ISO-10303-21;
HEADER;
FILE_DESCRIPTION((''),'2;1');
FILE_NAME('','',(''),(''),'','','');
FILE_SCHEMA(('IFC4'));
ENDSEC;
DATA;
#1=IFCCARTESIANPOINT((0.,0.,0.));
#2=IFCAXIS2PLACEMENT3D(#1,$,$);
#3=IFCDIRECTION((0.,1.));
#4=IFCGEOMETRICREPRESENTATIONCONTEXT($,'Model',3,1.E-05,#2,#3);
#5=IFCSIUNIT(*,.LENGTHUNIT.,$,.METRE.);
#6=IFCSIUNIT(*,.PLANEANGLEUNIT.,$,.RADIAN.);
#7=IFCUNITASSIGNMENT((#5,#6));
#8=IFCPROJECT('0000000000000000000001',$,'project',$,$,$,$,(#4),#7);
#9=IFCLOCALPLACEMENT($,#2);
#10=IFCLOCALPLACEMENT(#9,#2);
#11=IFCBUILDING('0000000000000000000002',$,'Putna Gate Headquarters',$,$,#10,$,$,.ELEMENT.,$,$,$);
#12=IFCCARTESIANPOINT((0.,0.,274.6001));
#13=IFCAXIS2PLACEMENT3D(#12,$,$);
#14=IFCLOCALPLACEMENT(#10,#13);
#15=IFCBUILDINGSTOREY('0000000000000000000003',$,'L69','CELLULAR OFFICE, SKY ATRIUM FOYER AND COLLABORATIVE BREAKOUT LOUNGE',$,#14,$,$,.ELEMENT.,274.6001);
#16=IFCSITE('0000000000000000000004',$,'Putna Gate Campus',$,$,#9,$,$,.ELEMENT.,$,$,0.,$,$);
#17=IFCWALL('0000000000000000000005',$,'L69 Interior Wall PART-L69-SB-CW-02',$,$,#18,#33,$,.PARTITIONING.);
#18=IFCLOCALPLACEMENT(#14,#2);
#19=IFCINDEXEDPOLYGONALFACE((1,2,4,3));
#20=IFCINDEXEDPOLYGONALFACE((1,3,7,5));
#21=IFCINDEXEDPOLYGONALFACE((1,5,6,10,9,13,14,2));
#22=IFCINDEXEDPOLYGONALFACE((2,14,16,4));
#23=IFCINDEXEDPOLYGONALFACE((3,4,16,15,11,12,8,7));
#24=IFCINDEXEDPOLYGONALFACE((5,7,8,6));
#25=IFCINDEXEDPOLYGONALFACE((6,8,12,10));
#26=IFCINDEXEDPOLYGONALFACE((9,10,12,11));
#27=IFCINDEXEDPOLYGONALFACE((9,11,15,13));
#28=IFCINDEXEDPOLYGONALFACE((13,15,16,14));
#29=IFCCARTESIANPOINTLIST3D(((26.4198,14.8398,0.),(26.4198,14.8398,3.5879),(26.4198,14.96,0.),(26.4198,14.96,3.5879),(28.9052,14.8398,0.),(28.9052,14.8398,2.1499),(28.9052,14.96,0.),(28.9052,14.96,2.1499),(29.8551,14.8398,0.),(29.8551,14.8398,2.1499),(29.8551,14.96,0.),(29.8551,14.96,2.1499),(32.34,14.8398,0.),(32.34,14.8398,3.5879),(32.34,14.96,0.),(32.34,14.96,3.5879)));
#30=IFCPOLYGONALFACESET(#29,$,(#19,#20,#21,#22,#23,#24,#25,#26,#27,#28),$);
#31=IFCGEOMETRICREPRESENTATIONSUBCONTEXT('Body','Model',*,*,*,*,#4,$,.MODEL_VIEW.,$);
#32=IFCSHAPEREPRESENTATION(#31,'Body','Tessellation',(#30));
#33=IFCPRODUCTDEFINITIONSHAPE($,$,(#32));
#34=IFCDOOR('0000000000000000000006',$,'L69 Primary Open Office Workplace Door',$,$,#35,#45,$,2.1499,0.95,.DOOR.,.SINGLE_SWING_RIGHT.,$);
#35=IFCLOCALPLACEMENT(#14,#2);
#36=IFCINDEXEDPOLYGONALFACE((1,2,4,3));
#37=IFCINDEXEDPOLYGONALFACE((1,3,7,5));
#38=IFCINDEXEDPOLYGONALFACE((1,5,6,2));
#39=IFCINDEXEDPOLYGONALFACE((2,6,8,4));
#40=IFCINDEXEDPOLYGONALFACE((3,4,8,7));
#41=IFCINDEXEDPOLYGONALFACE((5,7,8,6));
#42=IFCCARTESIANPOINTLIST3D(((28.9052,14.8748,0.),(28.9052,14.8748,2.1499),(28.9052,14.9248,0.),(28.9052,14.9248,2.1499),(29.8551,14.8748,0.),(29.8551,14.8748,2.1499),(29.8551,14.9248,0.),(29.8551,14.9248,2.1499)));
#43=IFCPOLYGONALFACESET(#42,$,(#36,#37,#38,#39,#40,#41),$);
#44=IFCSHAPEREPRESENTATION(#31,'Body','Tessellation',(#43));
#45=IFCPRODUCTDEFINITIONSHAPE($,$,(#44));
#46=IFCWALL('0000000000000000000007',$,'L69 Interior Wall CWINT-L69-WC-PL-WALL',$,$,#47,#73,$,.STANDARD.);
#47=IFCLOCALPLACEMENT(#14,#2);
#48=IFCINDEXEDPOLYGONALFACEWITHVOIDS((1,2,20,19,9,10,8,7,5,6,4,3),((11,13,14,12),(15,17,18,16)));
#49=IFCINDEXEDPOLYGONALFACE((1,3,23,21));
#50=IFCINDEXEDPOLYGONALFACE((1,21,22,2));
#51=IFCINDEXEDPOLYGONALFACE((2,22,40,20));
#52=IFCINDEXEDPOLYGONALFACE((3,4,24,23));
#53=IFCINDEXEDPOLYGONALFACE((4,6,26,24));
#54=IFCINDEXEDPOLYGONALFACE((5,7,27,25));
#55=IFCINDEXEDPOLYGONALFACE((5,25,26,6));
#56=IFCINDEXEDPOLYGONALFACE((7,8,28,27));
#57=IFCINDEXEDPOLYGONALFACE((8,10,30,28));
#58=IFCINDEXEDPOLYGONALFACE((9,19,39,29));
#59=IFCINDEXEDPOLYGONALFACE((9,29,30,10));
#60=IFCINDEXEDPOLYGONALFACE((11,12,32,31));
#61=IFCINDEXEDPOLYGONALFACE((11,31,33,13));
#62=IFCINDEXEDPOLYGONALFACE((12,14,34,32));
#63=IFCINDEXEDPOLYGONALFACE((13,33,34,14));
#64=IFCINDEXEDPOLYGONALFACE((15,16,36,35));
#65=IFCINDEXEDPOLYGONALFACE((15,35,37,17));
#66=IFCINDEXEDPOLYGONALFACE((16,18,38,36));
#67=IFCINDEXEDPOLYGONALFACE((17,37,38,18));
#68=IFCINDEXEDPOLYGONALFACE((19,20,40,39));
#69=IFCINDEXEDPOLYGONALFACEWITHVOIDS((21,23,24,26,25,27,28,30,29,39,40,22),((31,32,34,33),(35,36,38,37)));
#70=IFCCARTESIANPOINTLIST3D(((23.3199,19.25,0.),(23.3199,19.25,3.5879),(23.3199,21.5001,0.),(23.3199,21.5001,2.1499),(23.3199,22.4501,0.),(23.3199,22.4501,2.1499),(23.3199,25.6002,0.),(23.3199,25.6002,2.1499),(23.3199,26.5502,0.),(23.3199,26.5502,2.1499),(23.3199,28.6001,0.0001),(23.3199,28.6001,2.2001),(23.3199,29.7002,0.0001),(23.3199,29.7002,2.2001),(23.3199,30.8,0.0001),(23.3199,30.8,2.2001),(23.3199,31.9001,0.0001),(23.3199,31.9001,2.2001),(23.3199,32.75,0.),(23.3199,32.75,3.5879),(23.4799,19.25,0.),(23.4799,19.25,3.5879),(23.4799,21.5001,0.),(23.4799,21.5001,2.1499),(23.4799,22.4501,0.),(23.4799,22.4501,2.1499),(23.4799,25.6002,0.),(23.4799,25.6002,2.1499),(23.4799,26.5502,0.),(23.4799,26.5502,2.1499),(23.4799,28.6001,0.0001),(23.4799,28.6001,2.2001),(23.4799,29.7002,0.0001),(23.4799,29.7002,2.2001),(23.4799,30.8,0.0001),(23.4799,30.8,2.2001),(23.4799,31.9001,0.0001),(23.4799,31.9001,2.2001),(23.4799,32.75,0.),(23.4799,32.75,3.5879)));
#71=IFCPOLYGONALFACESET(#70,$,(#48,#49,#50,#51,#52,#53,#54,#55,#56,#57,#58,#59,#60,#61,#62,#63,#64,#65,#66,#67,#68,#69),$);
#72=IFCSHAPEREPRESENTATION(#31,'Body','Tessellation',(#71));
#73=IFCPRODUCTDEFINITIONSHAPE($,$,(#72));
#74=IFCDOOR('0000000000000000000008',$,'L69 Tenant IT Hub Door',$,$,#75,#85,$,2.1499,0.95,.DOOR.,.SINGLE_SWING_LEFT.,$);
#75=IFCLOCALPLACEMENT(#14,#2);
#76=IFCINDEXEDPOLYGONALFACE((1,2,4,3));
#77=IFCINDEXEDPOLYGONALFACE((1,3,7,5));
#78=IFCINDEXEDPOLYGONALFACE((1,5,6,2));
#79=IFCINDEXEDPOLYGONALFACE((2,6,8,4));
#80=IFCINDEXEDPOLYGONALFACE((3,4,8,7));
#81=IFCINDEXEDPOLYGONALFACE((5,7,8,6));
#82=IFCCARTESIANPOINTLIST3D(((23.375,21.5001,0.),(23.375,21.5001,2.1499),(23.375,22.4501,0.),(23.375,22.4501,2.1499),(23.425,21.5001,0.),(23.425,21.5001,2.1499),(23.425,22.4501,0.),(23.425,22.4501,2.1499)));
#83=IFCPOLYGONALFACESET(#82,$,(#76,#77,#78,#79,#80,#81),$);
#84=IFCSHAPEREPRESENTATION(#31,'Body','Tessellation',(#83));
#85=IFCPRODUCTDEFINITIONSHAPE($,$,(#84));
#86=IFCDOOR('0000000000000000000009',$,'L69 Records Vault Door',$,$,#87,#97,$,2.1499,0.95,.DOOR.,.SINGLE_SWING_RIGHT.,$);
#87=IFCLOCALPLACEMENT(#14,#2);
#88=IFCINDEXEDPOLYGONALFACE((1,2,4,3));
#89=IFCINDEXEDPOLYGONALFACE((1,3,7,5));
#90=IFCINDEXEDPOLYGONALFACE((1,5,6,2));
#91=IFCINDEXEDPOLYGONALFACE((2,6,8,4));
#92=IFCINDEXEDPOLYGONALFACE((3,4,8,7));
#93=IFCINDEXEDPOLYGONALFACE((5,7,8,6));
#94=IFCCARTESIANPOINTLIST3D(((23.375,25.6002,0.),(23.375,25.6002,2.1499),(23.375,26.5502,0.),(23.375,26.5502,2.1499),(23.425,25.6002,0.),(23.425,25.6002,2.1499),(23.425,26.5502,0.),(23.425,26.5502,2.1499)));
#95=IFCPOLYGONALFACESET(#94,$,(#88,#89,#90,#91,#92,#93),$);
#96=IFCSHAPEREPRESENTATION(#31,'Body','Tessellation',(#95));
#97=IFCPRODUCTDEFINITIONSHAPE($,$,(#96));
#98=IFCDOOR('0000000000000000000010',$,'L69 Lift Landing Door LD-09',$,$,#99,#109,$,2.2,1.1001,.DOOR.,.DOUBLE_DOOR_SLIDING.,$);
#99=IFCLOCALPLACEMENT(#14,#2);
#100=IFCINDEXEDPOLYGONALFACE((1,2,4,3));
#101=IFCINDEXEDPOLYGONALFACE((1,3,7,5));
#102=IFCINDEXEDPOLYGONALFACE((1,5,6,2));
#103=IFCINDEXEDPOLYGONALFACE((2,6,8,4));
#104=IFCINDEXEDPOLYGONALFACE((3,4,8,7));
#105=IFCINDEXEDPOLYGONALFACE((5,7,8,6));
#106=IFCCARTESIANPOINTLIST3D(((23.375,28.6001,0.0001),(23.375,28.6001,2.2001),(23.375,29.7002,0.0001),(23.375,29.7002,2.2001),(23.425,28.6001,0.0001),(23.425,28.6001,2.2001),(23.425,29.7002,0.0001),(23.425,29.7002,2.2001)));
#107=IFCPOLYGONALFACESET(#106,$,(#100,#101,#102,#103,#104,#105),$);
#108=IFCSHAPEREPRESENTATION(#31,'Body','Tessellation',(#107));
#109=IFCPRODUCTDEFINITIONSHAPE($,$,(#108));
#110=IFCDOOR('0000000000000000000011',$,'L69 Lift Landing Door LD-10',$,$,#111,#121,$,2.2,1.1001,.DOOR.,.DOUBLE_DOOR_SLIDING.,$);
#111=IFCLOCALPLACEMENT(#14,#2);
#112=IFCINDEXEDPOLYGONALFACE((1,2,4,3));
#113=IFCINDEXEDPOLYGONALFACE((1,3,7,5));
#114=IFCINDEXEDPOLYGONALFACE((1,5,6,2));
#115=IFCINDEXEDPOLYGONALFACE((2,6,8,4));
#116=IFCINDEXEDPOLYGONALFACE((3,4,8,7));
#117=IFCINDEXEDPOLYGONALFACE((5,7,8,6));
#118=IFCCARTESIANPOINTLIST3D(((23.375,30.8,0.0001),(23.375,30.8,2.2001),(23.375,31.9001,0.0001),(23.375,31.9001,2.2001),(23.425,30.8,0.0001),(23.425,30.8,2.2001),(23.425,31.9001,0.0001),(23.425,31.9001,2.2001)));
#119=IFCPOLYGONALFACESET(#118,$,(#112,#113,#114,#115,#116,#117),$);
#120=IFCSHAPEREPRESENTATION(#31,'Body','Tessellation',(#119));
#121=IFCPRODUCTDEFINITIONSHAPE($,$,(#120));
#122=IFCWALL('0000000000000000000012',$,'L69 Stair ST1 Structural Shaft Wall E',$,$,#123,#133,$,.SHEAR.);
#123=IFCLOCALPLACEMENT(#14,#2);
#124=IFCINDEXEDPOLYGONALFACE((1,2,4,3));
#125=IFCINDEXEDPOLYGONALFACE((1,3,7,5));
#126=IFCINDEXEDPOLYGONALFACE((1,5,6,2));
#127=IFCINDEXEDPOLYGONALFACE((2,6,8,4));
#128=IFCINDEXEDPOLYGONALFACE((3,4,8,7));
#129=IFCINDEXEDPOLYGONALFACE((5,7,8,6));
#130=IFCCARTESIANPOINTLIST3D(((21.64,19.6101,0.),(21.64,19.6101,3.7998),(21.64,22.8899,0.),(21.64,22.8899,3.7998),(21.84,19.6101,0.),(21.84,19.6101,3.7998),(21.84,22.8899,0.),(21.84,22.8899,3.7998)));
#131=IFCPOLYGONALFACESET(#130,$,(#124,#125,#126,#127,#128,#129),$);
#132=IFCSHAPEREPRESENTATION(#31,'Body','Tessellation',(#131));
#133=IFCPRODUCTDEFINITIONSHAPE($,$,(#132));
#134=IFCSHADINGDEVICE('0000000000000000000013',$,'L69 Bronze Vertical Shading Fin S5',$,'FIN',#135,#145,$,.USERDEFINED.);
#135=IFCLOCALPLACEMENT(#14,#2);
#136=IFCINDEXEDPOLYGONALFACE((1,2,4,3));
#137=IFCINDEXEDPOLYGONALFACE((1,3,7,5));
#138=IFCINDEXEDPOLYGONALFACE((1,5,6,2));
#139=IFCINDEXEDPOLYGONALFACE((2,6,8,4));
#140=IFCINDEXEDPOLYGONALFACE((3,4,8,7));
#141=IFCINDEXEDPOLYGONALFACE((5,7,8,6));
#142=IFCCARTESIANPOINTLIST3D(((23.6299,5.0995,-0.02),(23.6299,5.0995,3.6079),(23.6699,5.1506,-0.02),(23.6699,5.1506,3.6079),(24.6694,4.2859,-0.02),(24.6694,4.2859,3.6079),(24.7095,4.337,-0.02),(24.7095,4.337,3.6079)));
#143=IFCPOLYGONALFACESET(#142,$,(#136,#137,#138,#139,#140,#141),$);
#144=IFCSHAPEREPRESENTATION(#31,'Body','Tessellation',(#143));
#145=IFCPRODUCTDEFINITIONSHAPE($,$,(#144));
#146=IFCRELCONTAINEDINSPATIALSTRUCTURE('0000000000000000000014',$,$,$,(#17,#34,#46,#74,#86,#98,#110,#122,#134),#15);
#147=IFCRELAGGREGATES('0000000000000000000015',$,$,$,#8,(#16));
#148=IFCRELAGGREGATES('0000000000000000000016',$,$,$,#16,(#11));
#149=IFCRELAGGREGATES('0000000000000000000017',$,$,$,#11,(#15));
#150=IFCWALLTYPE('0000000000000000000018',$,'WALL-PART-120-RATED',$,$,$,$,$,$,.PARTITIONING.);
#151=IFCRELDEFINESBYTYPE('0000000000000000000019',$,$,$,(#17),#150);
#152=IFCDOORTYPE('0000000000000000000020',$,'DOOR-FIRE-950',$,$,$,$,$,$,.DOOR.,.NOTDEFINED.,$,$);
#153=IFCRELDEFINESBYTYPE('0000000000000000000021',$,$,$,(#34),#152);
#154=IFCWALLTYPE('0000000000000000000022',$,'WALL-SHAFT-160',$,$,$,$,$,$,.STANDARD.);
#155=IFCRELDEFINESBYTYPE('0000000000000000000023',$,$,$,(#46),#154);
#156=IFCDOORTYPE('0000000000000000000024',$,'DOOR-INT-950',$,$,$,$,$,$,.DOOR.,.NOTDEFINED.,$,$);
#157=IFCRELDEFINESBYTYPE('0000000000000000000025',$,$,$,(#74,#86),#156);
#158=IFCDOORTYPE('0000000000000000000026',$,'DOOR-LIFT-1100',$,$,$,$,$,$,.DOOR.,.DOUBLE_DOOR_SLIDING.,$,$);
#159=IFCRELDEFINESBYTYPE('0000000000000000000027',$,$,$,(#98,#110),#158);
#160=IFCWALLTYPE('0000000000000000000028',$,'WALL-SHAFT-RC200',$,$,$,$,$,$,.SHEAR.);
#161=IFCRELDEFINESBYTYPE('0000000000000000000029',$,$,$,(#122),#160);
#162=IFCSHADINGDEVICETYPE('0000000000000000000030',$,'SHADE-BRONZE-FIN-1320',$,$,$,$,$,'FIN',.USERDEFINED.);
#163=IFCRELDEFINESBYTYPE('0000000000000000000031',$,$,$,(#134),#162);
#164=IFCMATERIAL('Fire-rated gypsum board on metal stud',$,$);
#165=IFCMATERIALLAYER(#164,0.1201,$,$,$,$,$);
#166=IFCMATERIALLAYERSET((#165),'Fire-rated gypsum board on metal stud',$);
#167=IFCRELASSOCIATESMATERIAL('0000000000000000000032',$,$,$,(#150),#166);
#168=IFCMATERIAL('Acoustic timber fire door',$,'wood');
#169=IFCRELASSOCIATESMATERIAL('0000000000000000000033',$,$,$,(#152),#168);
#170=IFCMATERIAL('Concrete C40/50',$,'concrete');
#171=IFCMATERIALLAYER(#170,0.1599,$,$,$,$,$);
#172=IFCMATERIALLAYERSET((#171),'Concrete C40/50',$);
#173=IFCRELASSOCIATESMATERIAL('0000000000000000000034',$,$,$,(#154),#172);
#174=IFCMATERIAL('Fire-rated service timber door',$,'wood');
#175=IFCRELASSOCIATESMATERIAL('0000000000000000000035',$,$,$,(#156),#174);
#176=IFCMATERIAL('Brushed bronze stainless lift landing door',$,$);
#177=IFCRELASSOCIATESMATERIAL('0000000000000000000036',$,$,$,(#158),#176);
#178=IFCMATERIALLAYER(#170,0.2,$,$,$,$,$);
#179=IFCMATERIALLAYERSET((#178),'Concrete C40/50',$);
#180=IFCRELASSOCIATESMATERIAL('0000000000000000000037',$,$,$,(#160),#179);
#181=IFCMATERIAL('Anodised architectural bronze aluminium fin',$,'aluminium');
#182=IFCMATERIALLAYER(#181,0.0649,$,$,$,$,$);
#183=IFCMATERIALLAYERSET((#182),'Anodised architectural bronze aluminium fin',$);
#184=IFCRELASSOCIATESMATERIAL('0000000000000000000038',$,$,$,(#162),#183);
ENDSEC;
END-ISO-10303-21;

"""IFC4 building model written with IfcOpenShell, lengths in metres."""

from ifc_helpers import new_model, si_unit, direction, frame, frame_2d, origin, origin_2d, place, context, subcontext, project, spatial, rectangle, extrude, material, layer, layer_set, type_object, element, fill, save


model = new_model("IFC4")

# Units and contexts
model_context = context("Model", 3, precision=1e-05, world=origin(), true_north=direction((0.0, 1.0)))
body_context = subcontext(model_context, "Body", "Model", "MODEL_VIEW")
ifc_project = project(units=[si_unit("LENGTHUNIT", "METRE"), si_unit("PLANEANGLEUNIT", "RADIAN")], contexts=[model_context])

# Site, building, storey
site_placement = place(None, origin())
site = spatial("IfcSite", under=ifc_project, at=site_placement, Name="Putna Gate Campus", CompositionType="ELEMENT", RefElevation=0.0)
building_placement = place(site_placement, origin())
building = spatial("IfcBuilding", under=site, at=building_placement, Name="Putna Gate Headquarters", CompositionType="ELEMENT")
storey_placement = place(building_placement, frame((0.0, 0.0, 274.6001)))
storey = spatial("IfcBuildingStorey", under=building, at=storey_placement, Name="L69", Description="CELLULAR OFFICE, SKY ATRIUM FOYER AND COLLABORATIVE BREAKOUT LOUNGE", CompositionType="ELEMENT", Elevation=274.6001)

# Shared definitions
ifc_material_1 = material(Name="Fire-rated gypsum board on metal stud")
ifc_layer_1 = layer(ifc_material_1, 0.1201)
ifc_layer_set_1 = layer_set([ifc_layer_1], Name="Fire-rated gypsum board on metal stud")
wall_type_1 = type_object("IfcWallType", Name="WALL-PART-120-RATED", PredefinedType="PARTITIONING", material=ifc_layer_set_1)

# Wall, opening, door
wall_1_placement = place(storey_placement, frame((26.4199, 14.8999, 0.0), z_axis=(0.0, 0.0, 1.0), x_axis=(1.0, 0.0, 0.0)))
wall_1 = element("IfcWall", 1, at=wall_1_placement, inside=storey, type_object=wall_type_1, Name="L69 Interior Wall PART-L69-SB-CW-02", PredefinedType="PARTITIONING", context=body_context, shape_type="SweptSolid", body=[
    extrude(rectangle(XDim=5.9202, YDim=0.1201, at=frame_2d((2.96, 0.0))), origin(), (0.0, 0.0, 1.0), 3.5879),
])
opening_1_placement = place(wall_1_placement, frame((2.4851, 0.0, 0.0)))
opening_1 = element("IfcOpeningElement", 2, at=opening_1_placement, cuts=wall_1, PredefinedType="OPENING", context=body_context, shape_type="SweptSolid", body=[
    extrude(rectangle(XDim=0.95, YDim=2.1499, at=frame_2d((0.4751, 1.075))), frame((0.0, 0.0701, 0.0), z_axis=(0.0, -1.0, 0.0), x_axis=(1.0, 0.0, 0.0)), (0.0, 0.0, 1.0), 0.1401),
])
ifc_material_2 = material(Name="Acoustic timber fire door", Category="wood")
door_type_1 = type_object("IfcDoorType", Name="DOOR-FIRE-950", OperationType="NOTDEFINED", PredefinedType="DOOR", material=ifc_material_2)
door_1_placement = place(opening_1_placement, origin())
door_1 = element("IfcDoor", 3, at=door_1_placement, inside=storey, type_object=door_type_1, Name="L69 Primary Open Office Workplace Door", OperationType="SINGLE_SWING_RIGHT", OverallHeight=2.1499, OverallWidth=0.95, PredefinedType="DOOR", context=body_context, shape_type="SweptSolid", body=[
    extrude(rectangle(XDim=0.95, YDim=2.1499, at=frame_2d((0.4751, 1.075))), frame((0.0, 0.0249, 0.0), z_axis=(0.0, -1.0, 0.0), x_axis=(1.0, 0.0, 0.0)), (0.0, 0.0, 1.0), 0.05),
])
fill(opening_1, door_1)

# Wall, openings, doors
ifc_material_3 = material(Name="Concrete C40/50", Category="concrete")
ifc_layer_2 = layer(ifc_material_3, 0.1599)
ifc_layer_set_2 = layer_set([ifc_layer_2], Name="Concrete C40/50")
wall_type_2 = type_object("IfcWallType", Name="WALL-SHAFT-160", PredefinedType="STANDARD", material=ifc_layer_set_2)
wall_2_placement = place(storey_placement, frame((23.3999, 19.25, 0.0), z_axis=(0.0, 0.0, 1.0), x_axis=(0.0, 1.0, 0.0)))
wall_2 = element("IfcWall", 4, at=wall_2_placement, inside=storey, type_object=wall_type_2, Name="L69 Interior Wall CWINT-L69-WC-PL-WALL", PredefinedType="STANDARD", context=body_context, shape_type="SweptSolid", body=[
    extrude(rectangle(XDim=13.5, YDim=0.1599, at=frame_2d((6.75, 0.0))), origin(), (0.0, 0.0, 1.0), 3.5879),
])
opening_2_placement = place(wall_2_placement, frame((2.25, 0.0, 0.0)))
opening_2 = element("IfcOpeningElement", 5, at=opening_2_placement, cuts=wall_2, PredefinedType="OPENING", context=body_context, shape_type="SweptSolid", body=[
    extrude(rectangle(XDim=0.95, YDim=2.1499, at=frame_2d((0.4751, 1.075))), frame((0.0, 0.0898, 0.0), z_axis=(0.0, -1.0, 0.0), x_axis=(1.0, 0.0, 0.0)), (0.0, 0.0, 1.0), 0.1799),
])
opening_3_placement = place(wall_2_placement, frame((6.3501, 0.0, 0.0)))
opening_3 = element("IfcOpeningElement", 6, at=opening_3_placement, cuts=wall_2, PredefinedType="OPENING", context=body_context, shape_type="SweptSolid", body=[
    extrude(rectangle(XDim=0.95, YDim=2.1499, at=frame_2d((0.4751, 1.075))), frame((0.0, 0.0898, 0.0), z_axis=(0.0, -1.0, 0.0), x_axis=(1.0, 0.0, 0.0)), (0.0, 0.0, 1.0), 0.1799),
])
opening_4_placement = place(wall_2_placement, frame((9.3501, 0.0, 0.0)))
opening_4 = element("IfcOpeningElement", 7, at=opening_4_placement, cuts=wall_2, PredefinedType="OPENING", context=body_context, shape_type="SweptSolid", body=[
    extrude(rectangle(XDim=1.1001, YDim=2.2, at=frame_2d((0.55, 1.1001))), frame((0.0, 0.0898, 0.0), z_axis=(0.0, -1.0, 0.0), x_axis=(1.0, 0.0, 0.0)), (0.0, 0.0, 1.0), 0.1799),
])
opening_5_placement = place(wall_2_placement, frame((11.55, 0.0, 0.0)))
opening_5 = element("IfcOpeningElement", 8, at=opening_5_placement, cuts=wall_2, PredefinedType="OPENING", context=body_context, shape_type="SweptSolid", body=[
    extrude(rectangle(XDim=1.1001, YDim=2.2, at=frame_2d((0.55, 1.1001))), frame((0.0, 0.0898, 0.0), z_axis=(0.0, -1.0, 0.0), x_axis=(1.0, 0.0, 0.0)), (0.0, 0.0, 1.0), 0.1799),
])
ifc_material_4 = material(Name="Fire-rated service timber door", Category="wood")
door_type_2 = type_object("IfcDoorType", Name="DOOR-INT-950", OperationType="NOTDEFINED", PredefinedType="DOOR", material=ifc_material_4)
door_2_placement = place(opening_2_placement, origin())
door_2 = element("IfcDoor", 9, at=door_2_placement, inside=storey, type_object=door_type_2, Name="L69 Tenant IT Hub Door", OperationType="SINGLE_SWING_LEFT", OverallHeight=2.1499, OverallWidth=0.95, PredefinedType="DOOR", context=body_context, shape_type="SweptSolid", body=[
    extrude(rectangle(XDim=0.95, YDim=2.1499, at=frame_2d((0.4751, 1.075))), frame((0.0, 0.0249, 0.0), z_axis=(0.0, -1.0, 0.0), x_axis=(1.0, 0.0, 0.0)), (0.0, 0.0, 1.0), 0.05),
])
fill(opening_2, door_2)
door_3_placement = place(opening_3_placement, origin())
door_3 = element("IfcDoor", 10, at=door_3_placement, inside=storey, type_object=door_type_2, Name="L69 Records Vault Door", OperationType="SINGLE_SWING_RIGHT", OverallHeight=2.1499, OverallWidth=0.95, PredefinedType="DOOR", context=body_context, shape_type="SweptSolid", body=[
    extrude(rectangle(XDim=0.95, YDim=2.1499, at=frame_2d((0.4751, 1.075))), frame((0.0, 0.0249, 0.0), z_axis=(0.0, -1.0, 0.0), x_axis=(1.0, 0.0, 0.0)), (0.0, 0.0, 1.0), 0.05),
])
fill(opening_3, door_3)
ifc_material_5 = material(Name="Brushed bronze stainless lift landing door")
door_type_3 = type_object("IfcDoorType", Name="DOOR-LIFT-1100", OperationType="DOUBLE_DOOR_SLIDING", PredefinedType="DOOR", material=ifc_material_5)
door_4_placement = place(opening_4_placement, origin())
door_4 = element("IfcDoor", 11, at=door_4_placement, inside=storey, type_object=door_type_3, Name="L69 Lift Landing Door LD-09", OperationType="DOUBLE_DOOR_SLIDING", OverallHeight=2.2, OverallWidth=1.1001, PredefinedType="DOOR", context=body_context, shape_type="SweptSolid", body=[
    extrude(rectangle(XDim=1.1001, YDim=2.2, at=frame_2d((0.55, 1.1001))), frame((0.0, 0.0249, 0.0), z_axis=(0.0, -1.0, 0.0), x_axis=(1.0, 0.0, 0.0)), (0.0, 0.0, 1.0), 0.05),
])
fill(opening_4, door_4)
door_5_placement = place(opening_5_placement, origin())
door_5 = element("IfcDoor", 12, at=door_5_placement, inside=storey, type_object=door_type_3, Name="L69 Lift Landing Door LD-10", OperationType="DOUBLE_DOOR_SLIDING", OverallHeight=2.2, OverallWidth=1.1001, PredefinedType="DOOR", context=body_context, shape_type="SweptSolid", body=[
    extrude(rectangle(XDim=1.1001, YDim=2.2, at=frame_2d((0.55, 1.1001))), frame((0.0, 0.0249, 0.0), z_axis=(0.0, -1.0, 0.0), x_axis=(1.0, 0.0, 0.0)), (0.0, 0.0, 1.0), 0.05),
])
fill(opening_5, door_5)

# Wall
ifc_layer_3 = layer(ifc_material_3, 0.2)
ifc_layer_set_3 = layer_set([ifc_layer_3], Name="Concrete C40/50")
wall_type_3 = type_object("IfcWallType", Name="WALL-SHAFT-RC200", PredefinedType="SHEAR", material=ifc_layer_set_3)
wall_3_placement = place(storey_placement, frame((21.74, 19.6101, 0.0), z_axis=(0.0, 0.0, 1.0), x_axis=(0.0, 1.0, 0.0)))
element("IfcWall", 13, at=wall_3_placement, inside=storey, type_object=wall_type_3, Name="L69 Stair ST1 Structural Shaft Wall E", PredefinedType="SHEAR", context=body_context, shape_type="SweptSolid", body=[
    extrude(rectangle(XDim=3.2798, YDim=0.2, at=frame_2d((1.6399, 0.0))), origin(), (0.0, 0.0, 1.0), 3.7998),
])

# Shading device
ifc_material_6 = material(Name="Anodised architectural bronze aluminium fin", Category="aluminium")
ifc_layer_4 = layer(ifc_material_6, 0.0649)
ifc_layer_set_4 = layer_set([ifc_layer_4], Name="Anodised architectural bronze aluminium fin")
shading_device_type = type_object("IfcShadingDeviceType", Name="SHADE-BRONZE-FIN-1320", ElementType="FIN", PredefinedType="USERDEFINED", material=ifc_layer_set_4)
shading_device_placement = place(storey_placement, frame((24.1697, 4.7183, -0.02), z_axis=(0.0, 0.0, 1.0), x_axis=(0.787473, -0.616349, 0.0)))
element("IfcShadingDevice", 14, at=shading_device_placement, inside=storey, type_object=shading_device_type, Name="L69 Bronze Vertical Shading Fin S5", ObjectType="FIN", PredefinedType="USERDEFINED", context=body_context, shape_type="SweptSolid", body=[
    extrude(rectangle(XDim=1.3201, YDim=0.0649, at=origin_2d()), origin(), (0.0, 0.0, 1.0), 3.6279),
])

save(model, "model.ifc")
